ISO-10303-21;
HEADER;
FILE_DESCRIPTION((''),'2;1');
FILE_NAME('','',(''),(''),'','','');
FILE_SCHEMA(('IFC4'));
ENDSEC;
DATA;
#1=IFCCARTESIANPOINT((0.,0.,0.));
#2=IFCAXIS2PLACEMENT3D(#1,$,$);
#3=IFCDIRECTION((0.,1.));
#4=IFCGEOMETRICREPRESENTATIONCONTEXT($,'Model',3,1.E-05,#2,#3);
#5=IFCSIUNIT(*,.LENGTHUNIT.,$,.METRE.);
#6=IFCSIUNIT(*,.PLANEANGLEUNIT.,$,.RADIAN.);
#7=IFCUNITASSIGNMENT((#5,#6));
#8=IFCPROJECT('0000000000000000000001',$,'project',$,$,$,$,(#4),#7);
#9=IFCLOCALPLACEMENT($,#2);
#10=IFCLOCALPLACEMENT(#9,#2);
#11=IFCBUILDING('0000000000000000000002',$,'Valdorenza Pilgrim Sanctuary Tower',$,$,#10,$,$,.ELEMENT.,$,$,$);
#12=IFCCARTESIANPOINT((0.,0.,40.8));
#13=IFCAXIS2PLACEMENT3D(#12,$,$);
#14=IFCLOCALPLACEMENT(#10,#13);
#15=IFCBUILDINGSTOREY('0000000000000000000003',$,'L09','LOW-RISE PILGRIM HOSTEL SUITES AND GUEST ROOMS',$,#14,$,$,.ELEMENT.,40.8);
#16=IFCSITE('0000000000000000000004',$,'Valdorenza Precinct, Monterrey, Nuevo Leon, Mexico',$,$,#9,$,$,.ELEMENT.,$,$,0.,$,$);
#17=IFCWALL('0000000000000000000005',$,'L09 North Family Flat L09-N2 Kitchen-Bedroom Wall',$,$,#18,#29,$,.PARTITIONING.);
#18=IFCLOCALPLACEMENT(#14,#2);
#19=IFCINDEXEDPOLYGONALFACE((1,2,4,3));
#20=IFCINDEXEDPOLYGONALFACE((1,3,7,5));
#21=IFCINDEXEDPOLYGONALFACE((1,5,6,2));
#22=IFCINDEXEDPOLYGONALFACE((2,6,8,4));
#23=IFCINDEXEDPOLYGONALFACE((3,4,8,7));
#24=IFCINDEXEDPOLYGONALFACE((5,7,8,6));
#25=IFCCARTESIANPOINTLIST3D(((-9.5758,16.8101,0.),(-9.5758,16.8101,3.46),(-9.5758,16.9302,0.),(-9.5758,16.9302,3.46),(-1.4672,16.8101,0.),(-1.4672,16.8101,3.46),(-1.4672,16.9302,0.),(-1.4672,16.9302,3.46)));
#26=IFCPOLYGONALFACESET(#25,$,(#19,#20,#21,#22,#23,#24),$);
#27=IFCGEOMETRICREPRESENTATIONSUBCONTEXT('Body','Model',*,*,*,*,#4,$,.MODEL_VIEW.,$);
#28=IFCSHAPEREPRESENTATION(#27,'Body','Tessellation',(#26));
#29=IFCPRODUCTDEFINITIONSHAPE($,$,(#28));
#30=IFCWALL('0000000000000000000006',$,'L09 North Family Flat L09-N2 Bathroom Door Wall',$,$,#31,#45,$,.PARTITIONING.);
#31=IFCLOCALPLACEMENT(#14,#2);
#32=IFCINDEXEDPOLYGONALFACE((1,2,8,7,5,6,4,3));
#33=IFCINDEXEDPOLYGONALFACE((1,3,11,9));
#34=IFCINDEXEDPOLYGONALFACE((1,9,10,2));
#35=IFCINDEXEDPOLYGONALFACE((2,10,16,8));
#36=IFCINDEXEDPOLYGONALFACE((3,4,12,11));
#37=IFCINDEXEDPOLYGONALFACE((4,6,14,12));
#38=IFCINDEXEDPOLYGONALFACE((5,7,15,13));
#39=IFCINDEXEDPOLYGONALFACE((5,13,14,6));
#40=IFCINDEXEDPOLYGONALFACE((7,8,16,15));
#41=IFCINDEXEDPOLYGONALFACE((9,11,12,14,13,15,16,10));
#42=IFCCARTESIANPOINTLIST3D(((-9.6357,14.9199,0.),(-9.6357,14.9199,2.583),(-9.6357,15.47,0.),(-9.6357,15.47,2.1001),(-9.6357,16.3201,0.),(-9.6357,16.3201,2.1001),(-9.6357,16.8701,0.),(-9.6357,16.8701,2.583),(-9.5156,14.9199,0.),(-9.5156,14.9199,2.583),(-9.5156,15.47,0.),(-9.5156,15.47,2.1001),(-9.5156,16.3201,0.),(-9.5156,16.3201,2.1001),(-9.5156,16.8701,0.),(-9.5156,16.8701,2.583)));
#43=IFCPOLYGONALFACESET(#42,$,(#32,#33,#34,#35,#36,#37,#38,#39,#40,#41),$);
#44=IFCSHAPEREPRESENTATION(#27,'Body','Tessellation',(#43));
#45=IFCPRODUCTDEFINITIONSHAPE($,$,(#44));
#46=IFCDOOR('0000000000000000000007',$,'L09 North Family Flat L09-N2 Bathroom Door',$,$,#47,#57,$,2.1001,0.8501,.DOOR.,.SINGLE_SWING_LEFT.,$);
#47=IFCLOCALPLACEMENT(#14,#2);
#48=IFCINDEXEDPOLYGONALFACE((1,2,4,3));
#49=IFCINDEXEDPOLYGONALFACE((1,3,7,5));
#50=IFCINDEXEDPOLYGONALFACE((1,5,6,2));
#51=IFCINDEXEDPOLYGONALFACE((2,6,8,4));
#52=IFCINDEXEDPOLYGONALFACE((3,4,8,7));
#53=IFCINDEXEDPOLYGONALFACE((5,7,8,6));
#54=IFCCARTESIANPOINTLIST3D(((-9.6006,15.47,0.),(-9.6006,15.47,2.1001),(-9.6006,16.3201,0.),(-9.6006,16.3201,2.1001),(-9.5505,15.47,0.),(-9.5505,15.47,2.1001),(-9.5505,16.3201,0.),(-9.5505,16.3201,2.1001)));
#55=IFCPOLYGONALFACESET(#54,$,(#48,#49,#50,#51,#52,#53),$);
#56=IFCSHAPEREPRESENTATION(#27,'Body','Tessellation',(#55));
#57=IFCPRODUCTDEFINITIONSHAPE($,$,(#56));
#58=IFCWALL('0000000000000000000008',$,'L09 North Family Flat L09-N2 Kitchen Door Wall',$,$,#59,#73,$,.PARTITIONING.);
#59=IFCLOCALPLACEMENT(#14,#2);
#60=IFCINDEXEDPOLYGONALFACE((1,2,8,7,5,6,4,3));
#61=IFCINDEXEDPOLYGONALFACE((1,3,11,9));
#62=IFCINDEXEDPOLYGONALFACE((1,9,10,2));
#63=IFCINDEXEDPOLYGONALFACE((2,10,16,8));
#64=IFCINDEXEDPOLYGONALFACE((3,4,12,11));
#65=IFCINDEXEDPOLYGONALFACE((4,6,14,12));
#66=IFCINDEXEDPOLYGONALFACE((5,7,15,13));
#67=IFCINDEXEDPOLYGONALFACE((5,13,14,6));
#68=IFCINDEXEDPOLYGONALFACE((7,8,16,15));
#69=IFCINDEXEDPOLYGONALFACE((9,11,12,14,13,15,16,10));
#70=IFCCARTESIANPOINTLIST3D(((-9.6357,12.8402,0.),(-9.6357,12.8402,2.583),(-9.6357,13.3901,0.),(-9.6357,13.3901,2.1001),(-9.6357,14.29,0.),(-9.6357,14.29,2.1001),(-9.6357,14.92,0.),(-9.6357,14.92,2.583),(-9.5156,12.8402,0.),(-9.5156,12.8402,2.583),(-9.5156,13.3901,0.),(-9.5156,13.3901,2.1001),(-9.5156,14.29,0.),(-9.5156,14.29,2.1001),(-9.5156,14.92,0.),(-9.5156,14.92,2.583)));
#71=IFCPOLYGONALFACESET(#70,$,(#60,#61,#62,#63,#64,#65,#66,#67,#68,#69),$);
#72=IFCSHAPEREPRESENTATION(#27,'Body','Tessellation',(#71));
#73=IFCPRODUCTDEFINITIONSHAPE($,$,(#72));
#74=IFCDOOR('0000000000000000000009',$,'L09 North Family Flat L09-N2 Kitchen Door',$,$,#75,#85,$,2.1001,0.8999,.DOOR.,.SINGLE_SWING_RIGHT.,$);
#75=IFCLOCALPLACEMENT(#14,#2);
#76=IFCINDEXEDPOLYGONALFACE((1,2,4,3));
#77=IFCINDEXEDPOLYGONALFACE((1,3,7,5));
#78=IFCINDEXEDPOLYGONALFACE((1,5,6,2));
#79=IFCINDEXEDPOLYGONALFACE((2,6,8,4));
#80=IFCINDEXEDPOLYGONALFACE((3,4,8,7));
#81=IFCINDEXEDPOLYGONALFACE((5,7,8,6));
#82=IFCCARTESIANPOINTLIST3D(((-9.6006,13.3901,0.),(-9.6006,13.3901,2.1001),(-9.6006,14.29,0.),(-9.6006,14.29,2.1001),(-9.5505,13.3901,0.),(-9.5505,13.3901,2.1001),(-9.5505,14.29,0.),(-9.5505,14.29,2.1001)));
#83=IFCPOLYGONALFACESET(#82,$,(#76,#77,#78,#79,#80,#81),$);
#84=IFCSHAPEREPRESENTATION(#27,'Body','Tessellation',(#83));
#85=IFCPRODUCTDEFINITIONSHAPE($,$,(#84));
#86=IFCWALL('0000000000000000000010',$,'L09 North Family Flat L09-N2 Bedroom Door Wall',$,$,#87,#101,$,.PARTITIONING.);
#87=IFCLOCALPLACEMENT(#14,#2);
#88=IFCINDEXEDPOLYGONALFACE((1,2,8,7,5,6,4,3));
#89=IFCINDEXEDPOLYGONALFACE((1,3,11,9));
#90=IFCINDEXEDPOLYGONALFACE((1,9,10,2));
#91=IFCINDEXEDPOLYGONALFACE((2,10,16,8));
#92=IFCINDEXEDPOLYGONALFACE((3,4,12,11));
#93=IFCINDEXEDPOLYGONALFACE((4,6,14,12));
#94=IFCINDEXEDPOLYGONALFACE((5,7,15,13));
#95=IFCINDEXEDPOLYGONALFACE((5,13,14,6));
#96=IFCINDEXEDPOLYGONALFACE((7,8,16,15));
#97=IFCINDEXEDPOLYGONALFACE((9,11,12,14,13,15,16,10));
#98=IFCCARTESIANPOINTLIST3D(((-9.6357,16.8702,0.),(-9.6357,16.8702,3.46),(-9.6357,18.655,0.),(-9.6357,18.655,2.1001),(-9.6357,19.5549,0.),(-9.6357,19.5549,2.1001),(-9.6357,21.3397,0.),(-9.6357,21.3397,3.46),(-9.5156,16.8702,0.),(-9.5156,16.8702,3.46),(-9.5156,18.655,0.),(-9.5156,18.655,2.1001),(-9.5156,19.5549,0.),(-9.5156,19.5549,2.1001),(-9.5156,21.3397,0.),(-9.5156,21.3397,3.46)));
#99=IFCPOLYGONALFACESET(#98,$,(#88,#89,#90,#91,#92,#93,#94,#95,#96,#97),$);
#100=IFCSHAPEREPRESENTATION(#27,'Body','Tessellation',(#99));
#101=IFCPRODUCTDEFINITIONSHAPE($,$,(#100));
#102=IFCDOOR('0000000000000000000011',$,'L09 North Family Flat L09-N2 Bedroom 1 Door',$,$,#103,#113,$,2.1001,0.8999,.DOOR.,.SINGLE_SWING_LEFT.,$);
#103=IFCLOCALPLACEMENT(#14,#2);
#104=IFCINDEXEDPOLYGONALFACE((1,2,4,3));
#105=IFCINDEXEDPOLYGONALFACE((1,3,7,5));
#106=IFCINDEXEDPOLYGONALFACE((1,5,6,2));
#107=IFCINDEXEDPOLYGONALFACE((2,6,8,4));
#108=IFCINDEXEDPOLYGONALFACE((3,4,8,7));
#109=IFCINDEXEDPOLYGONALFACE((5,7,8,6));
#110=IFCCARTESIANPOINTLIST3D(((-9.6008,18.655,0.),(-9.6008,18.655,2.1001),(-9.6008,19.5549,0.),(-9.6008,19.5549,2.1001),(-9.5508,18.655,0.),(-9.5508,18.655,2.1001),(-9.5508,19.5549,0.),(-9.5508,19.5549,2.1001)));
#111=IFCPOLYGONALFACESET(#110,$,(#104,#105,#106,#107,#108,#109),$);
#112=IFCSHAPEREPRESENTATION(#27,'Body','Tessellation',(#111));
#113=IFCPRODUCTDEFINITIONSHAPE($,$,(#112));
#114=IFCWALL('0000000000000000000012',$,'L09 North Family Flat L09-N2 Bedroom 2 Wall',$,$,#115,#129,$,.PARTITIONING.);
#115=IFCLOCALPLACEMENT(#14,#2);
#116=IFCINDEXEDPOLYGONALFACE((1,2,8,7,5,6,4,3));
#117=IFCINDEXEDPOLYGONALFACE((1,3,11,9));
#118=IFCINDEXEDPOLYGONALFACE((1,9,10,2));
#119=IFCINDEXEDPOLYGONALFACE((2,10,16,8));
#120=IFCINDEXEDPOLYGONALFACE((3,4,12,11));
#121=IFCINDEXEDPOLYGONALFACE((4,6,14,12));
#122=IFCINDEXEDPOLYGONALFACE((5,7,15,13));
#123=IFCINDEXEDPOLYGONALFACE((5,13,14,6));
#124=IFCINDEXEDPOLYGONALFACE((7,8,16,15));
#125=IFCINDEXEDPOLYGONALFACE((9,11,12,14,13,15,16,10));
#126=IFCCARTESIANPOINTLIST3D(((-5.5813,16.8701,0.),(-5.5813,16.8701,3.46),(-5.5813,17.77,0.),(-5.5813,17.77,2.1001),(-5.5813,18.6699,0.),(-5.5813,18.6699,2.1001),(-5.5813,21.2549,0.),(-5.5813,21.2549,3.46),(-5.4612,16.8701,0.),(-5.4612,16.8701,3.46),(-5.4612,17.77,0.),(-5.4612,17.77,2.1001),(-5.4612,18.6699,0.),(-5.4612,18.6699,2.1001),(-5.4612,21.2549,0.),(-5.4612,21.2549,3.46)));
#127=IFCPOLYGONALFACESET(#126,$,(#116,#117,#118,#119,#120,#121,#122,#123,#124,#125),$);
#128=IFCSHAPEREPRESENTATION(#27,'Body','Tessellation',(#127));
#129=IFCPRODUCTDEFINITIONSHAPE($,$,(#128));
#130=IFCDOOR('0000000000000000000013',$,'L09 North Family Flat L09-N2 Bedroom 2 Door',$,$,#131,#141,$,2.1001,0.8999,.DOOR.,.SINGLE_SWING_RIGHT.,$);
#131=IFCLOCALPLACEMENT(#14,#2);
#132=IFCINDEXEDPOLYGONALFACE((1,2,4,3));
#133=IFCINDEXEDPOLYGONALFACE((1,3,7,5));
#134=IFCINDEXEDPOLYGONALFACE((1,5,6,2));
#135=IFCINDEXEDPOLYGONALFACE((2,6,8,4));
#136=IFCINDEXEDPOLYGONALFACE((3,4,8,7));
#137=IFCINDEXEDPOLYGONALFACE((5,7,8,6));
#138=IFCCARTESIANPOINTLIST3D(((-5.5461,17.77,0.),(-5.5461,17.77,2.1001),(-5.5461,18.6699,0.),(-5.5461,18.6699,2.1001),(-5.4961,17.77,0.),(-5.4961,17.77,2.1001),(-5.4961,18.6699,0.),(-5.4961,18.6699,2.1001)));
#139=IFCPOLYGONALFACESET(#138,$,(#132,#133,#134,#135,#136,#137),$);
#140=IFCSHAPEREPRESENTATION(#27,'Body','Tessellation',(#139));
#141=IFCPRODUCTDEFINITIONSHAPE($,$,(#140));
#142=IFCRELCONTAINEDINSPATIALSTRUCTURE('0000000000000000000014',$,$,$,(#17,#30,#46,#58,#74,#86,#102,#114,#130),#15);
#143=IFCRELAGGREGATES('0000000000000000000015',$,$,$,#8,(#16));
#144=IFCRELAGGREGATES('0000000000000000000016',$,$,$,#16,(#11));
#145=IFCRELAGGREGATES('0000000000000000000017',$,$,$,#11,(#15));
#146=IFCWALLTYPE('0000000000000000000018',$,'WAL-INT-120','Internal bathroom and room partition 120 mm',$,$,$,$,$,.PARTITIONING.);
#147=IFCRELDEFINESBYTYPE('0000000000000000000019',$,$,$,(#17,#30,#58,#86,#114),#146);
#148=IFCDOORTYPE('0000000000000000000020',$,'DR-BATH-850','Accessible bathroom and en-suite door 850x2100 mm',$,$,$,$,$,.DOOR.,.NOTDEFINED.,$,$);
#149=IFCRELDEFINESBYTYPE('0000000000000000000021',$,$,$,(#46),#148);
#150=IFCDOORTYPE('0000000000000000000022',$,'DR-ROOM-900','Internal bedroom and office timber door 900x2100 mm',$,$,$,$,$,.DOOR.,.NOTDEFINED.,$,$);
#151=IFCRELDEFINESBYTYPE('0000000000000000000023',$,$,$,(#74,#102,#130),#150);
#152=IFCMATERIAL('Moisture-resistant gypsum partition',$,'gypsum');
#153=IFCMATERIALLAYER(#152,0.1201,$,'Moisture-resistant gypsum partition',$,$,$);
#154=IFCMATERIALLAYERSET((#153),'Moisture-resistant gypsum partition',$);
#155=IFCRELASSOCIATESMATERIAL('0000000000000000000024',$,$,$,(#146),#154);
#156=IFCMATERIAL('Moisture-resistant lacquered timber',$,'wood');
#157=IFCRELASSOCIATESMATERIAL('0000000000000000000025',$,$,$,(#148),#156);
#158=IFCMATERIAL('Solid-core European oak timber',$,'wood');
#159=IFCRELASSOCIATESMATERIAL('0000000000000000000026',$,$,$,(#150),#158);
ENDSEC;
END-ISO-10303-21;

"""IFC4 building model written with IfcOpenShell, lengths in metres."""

from ifc_helpers import new_model, si_unit, direction, frame, frame_2d, origin, place, context, subcontext, project, spatial, rectangle, extrude, material, layer, layer_set, type_object, element, fill, save


model = new_model("IFC4")

# Units and contexts
model_context = context("Model", 3, precision=1e-05, world=origin(), true_north=direction((0.0, 1.0)))
body_context = subcontext(model_context, "Body", "Model", "MODEL_VIEW")
ifc_project = project(units=[si_unit("LENGTHUNIT", "METRE"), si_unit("PLANEANGLEUNIT", "RADIAN")], contexts=[model_context])

# Site, building, storey
site_placement = place(None, origin())
site = spatial("IfcSite", under=ifc_project, at=site_placement, Name="Valdorenza Precinct, Monterrey, Nuevo Leon, Mexico", CompositionType="ELEMENT", RefElevation=0.0)
building_placement = place(site_placement, origin())
building = spatial("IfcBuilding", under=site, at=building_placement, Name="Valdorenza Pilgrim Sanctuary Tower", CompositionType="ELEMENT")
storey_placement = place(building_placement, frame((0.0, 0.0, 40.8)))
storey = spatial("IfcBuildingStorey", under=building, at=storey_placement, Name="L09", Description="LOW-RISE PILGRIM HOSTEL SUITES AND GUEST ROOMS", CompositionType="ELEMENT", Elevation=40.8)

# Wall
ifc_material_1 = material(Name="Moisture-resistant gypsum partition", Category="gypsum")
ifc_layer_1 = layer(ifc_material_1, 0.1201, Name="Moisture-resistant gypsum partition")
ifc_layer_set_1 = layer_set([ifc_layer_1], Name="Moisture-resistant gypsum partition")
wall_type_1 = type_object("IfcWallType", Name="WAL-INT-120", Description="Internal bathroom and room partition 120 mm", PredefinedType="PARTITIONING", material=ifc_layer_set_1)
wall_1_placement = place(storey_placement, frame((-9.5757, 16.8701, 0.0), z_axis=(0.0, 0.0, 1.0), x_axis=(1.0, 0.0, 0.0)))
element("IfcWall", 1, at=wall_1_placement, inside=storey, type_object=wall_type_1, Name="L09 North Family Flat L09-N2 Kitchen-Bedroom Wall", PredefinedType="PARTITIONING", context=body_context, shape_type="SweptSolid", body=[
    extrude(rectangle(XDim=8.1086, YDim=0.1201, at=frame_2d((4.0542, 0.0))), origin(), (0.0, 0.0, 1.0), 3.46),
])

# Walls, openings, doors
wall_2_placement = place(storey_placement, frame((-9.5757, 14.9199, 0.0), z_axis=(0.0, 0.0, 1.0), x_axis=(0.0, 1.0, 0.0)))
wall_2 = element("IfcWall", 2, at=wall_2_placement, inside=storey, type_object=wall_type_1, Name="L09 North Family Flat L09-N2 Bathroom Door Wall", PredefinedType="PARTITIONING", context=body_context, shape_type="SweptSolid", body=[
    extrude(rectangle(XDim=1.9502, YDim=0.1201, at=frame_2d((0.9751, 0.0))), origin(), (0.0, 0.0, 1.0), 2.583),
])
opening_1_placement = place(wall_2_placement, frame((0.55, 0.0, 0.0)))
opening_1 = element("IfcOpeningElement", 3, at=opening_1_placement, cuts=wall_2, PredefinedType="OPENING", context=body_context, shape_type="SweptSolid", body=[
    extrude(rectangle(XDim=0.8501, YDim=2.1001, at=frame_2d((0.425, 1.05))), frame((0.0, 0.075, 0.0), z_axis=(0.0, -1.0, 0.0), x_axis=(1.0, 0.0, 0.0)), (0.0, 0.0, 1.0), 0.1499),
])
ifc_material_2 = material(Name="Moisture-resistant lacquered timber", Category="wood")
door_type_1 = type_object("IfcDoorType", Name="DR-BATH-850", Description="Accessible bathroom and en-suite door 850x2100 mm", OperationType="NOTDEFINED", PredefinedType="DOOR", material=ifc_material_2)
door_1_placement = place(opening_1_placement, origin())
door_1 = element("IfcDoor", 4, at=door_1_placement, inside=storey, type_object=door_type_1, Name="L09 North Family Flat L09-N2 Bathroom Door", OperationType="SINGLE_SWING_LEFT", OverallHeight=2.1001, OverallWidth=0.8501, PredefinedType="DOOR", context=body_context, shape_type="SweptSolid", body=[
    extrude(rectangle(XDim=0.8501, YDim=2.1001, at=frame_2d((0.425, 1.05))), frame((0.0, 0.0249, 0.0), z_axis=(0.0, -1.0, 0.0), x_axis=(1.0, 0.0, 0.0)), (0.0, 0.0, 1.0), 0.05),
])
fill(opening_1, door_1)
wall_3_placement = place(storey_placement, frame((-9.5757, 12.8401, 0.0), z_axis=(0.0, 0.0, 1.0), x_axis=(0.0, 1.0, 0.0)))
wall_3 = element("IfcWall", 5, at=wall_3_placement, inside=storey, type_object=wall_type_1, Name="L09 North Family Flat L09-N2 Kitchen Door Wall", PredefinedType="PARTITIONING", context=body_context, shape_type="SweptSolid", body=[
    extrude(rectangle(XDim=2.0798, YDim=0.1201, at=frame_2d((1.04, 0.0))), origin(), (0.0, 0.0, 1.0), 2.583),
])
opening_2_placement = place(wall_3_placement, frame((0.55, 0.0, 0.0)))
opening_2 = element("IfcOpeningElement", 6, at=opening_2_placement, cuts=wall_3, PredefinedType="OPENING", context=body_context, shape_type="SweptSolid", body=[
    extrude(rectangle(XDim=0.8999, YDim=2.1001, at=frame_2d((0.45, 1.05))), frame((0.0, 0.075, 0.0), z_axis=(0.0, -1.0, 0.0), x_axis=(1.0, 0.0, 0.0)), (0.0, 0.0, 1.0), 0.1499),
])
ifc_material_3 = material(Name="Solid-core European oak timber", Category="wood")
door_type_2 = type_object("IfcDoorType", Name="DR-ROOM-900", Description="Internal bedroom and office timber door 900x2100 mm", OperationType="NOTDEFINED", PredefinedType="DOOR", material=ifc_material_3)
door_2_placement = place(opening_2_placement, origin())
door_2 = element("IfcDoor", 7, at=door_2_placement, inside=storey, type_object=door_type_2, Name="L09 North Family Flat L09-N2 Kitchen Door", OperationType="SINGLE_SWING_RIGHT", OverallHeight=2.1001, OverallWidth=0.8999, PredefinedType="DOOR", context=body_context, shape_type="SweptSolid", body=[
    extrude(rectangle(XDim=0.8999, YDim=2.1001, at=frame_2d((0.45, 1.05))), frame((0.0, 0.0249, 0.0), z_axis=(0.0, -1.0, 0.0), x_axis=(1.0, 0.0, 0.0)), (0.0, 0.0, 1.0), 0.05),
])
fill(opening_2, door_2)
wall_4_placement = place(storey_placement, frame((-9.5757, 16.8701, 0.0), z_axis=(0.0, 0.0, 1.0), x_axis=(0.0, 1.0, 0.0)))
wall_4 = element("IfcWall", 8, at=wall_4_placement, inside=storey, type_object=wall_type_1, Name="L09 North Family Flat L09-N2 Bedroom Door Wall", PredefinedType="PARTITIONING", context=body_context, shape_type="SweptSolid", body=[
    extrude(rectangle(XDim=4.4695, YDim=0.1201, at=frame_2d((2.2349, 0.0))), origin(), (0.0, 0.0, 1.0), 3.46),
])
opening_3_placement = place(wall_4_placement, frame((1.7849, 0.0, 0.0)))
opening_3 = element("IfcOpeningElement", 9, at=opening_3_placement, cuts=wall_4, PredefinedType="OPENING", context=body_context, shape_type="SweptSolid", body=[
    extrude(rectangle(XDim=0.8999, YDim=2.1001, at=frame_2d((0.45, 1.05))), frame((0.0, 0.075, 0.0), z_axis=(0.0, -1.0, 0.0), x_axis=(1.0, 0.0, 0.0)), (0.0, 0.0, 1.0), 0.1499),
])
door_3_placement = place(opening_3_placement, frame((0.8999, 0.0, 0.0), z_axis=(0.0, 0.0, 1.0), x_axis=(-1.0, 0.0, 0.0)))
door_3 = element("IfcDoor", 10, at=door_3_placement, inside=storey, type_object=door_type_2, Name="L09 North Family Flat L09-N2 Bedroom 1 Door", OperationType="SINGLE_SWING_LEFT", OverallHeight=2.1001, OverallWidth=0.8999, PredefinedType="DOOR", context=body_context, shape_type="SweptSolid", body=[
    extrude(rectangle(XDim=0.8999, YDim=2.1001, at=frame_2d((0.45, 1.05))), frame((0.0, 0.0249, 0.0), z_axis=(0.0, -1.0, 0.0), x_axis=(1.0, 0.0, 0.0)), (0.0, 0.0, 1.0), 0.05),
])
fill(opening_3, door_3)
wall_5_placement = place(storey_placement, frame((-5.5212, 16.8701, 0.0), z_axis=(0.0, 0.0, 1.0), x_axis=(0.0, 1.0, 0.0)))
wall_5 = element("IfcWall", 11, at=wall_5_placement, inside=storey, type_object=wall_type_1, Name="L09 North Family Flat L09-N2 Bedroom 2 Wall", PredefinedType="PARTITIONING", context=body_context, shape_type="SweptSolid", body=[
    extrude(rectangle(XDim=4.3848, YDim=0.1201, at=frame_2d((2.1924, 0.0))), origin(), (0.0, 0.0, 1.0), 3.46),
])
opening_4_placement = place(wall_5_placement, frame((0.8999, 0.0, 0.0)))
opening_4 = element("IfcOpeningElement", 12, at=opening_4_placement, cuts=wall_5, PredefinedType="OPENING", context=body_context, shape_type="SweptSolid", body=[
    extrude(rectangle(XDim=0.8999, YDim=2.1001, at=frame_2d((0.45, 1.05))), frame((0.0, 0.075, 0.0), z_axis=(0.0, -1.0, 0.0), x_axis=(1.0, 0.0, 0.0)), (0.0, 0.0, 1.0), 0.1499),
])
door_4_placement = place(opening_4_placement, origin())
door_4 = element("IfcDoor", 13, at=door_4_placement, inside=storey, type_object=door_type_2, Name="L09 North Family Flat L09-N2 Bedroom 2 Door", OperationType="SINGLE_SWING_RIGHT", OverallHeight=2.1001, OverallWidth=0.8999, PredefinedType="DOOR", context=body_context, shape_type="SweptSolid", body=[
    extrude(rectangle(XDim=0.8999, YDim=2.1001, at=frame_2d((0.45, 1.05))), frame((0.0, 0.0249, 0.0), z_axis=(0.0, -1.0, 0.0), x_axis=(1.0, 0.0, 0.0)), (0.0, 0.0, 1.0), 0.05),
])
fill(opening_4, door_4)

save(model, "model.ifc")
